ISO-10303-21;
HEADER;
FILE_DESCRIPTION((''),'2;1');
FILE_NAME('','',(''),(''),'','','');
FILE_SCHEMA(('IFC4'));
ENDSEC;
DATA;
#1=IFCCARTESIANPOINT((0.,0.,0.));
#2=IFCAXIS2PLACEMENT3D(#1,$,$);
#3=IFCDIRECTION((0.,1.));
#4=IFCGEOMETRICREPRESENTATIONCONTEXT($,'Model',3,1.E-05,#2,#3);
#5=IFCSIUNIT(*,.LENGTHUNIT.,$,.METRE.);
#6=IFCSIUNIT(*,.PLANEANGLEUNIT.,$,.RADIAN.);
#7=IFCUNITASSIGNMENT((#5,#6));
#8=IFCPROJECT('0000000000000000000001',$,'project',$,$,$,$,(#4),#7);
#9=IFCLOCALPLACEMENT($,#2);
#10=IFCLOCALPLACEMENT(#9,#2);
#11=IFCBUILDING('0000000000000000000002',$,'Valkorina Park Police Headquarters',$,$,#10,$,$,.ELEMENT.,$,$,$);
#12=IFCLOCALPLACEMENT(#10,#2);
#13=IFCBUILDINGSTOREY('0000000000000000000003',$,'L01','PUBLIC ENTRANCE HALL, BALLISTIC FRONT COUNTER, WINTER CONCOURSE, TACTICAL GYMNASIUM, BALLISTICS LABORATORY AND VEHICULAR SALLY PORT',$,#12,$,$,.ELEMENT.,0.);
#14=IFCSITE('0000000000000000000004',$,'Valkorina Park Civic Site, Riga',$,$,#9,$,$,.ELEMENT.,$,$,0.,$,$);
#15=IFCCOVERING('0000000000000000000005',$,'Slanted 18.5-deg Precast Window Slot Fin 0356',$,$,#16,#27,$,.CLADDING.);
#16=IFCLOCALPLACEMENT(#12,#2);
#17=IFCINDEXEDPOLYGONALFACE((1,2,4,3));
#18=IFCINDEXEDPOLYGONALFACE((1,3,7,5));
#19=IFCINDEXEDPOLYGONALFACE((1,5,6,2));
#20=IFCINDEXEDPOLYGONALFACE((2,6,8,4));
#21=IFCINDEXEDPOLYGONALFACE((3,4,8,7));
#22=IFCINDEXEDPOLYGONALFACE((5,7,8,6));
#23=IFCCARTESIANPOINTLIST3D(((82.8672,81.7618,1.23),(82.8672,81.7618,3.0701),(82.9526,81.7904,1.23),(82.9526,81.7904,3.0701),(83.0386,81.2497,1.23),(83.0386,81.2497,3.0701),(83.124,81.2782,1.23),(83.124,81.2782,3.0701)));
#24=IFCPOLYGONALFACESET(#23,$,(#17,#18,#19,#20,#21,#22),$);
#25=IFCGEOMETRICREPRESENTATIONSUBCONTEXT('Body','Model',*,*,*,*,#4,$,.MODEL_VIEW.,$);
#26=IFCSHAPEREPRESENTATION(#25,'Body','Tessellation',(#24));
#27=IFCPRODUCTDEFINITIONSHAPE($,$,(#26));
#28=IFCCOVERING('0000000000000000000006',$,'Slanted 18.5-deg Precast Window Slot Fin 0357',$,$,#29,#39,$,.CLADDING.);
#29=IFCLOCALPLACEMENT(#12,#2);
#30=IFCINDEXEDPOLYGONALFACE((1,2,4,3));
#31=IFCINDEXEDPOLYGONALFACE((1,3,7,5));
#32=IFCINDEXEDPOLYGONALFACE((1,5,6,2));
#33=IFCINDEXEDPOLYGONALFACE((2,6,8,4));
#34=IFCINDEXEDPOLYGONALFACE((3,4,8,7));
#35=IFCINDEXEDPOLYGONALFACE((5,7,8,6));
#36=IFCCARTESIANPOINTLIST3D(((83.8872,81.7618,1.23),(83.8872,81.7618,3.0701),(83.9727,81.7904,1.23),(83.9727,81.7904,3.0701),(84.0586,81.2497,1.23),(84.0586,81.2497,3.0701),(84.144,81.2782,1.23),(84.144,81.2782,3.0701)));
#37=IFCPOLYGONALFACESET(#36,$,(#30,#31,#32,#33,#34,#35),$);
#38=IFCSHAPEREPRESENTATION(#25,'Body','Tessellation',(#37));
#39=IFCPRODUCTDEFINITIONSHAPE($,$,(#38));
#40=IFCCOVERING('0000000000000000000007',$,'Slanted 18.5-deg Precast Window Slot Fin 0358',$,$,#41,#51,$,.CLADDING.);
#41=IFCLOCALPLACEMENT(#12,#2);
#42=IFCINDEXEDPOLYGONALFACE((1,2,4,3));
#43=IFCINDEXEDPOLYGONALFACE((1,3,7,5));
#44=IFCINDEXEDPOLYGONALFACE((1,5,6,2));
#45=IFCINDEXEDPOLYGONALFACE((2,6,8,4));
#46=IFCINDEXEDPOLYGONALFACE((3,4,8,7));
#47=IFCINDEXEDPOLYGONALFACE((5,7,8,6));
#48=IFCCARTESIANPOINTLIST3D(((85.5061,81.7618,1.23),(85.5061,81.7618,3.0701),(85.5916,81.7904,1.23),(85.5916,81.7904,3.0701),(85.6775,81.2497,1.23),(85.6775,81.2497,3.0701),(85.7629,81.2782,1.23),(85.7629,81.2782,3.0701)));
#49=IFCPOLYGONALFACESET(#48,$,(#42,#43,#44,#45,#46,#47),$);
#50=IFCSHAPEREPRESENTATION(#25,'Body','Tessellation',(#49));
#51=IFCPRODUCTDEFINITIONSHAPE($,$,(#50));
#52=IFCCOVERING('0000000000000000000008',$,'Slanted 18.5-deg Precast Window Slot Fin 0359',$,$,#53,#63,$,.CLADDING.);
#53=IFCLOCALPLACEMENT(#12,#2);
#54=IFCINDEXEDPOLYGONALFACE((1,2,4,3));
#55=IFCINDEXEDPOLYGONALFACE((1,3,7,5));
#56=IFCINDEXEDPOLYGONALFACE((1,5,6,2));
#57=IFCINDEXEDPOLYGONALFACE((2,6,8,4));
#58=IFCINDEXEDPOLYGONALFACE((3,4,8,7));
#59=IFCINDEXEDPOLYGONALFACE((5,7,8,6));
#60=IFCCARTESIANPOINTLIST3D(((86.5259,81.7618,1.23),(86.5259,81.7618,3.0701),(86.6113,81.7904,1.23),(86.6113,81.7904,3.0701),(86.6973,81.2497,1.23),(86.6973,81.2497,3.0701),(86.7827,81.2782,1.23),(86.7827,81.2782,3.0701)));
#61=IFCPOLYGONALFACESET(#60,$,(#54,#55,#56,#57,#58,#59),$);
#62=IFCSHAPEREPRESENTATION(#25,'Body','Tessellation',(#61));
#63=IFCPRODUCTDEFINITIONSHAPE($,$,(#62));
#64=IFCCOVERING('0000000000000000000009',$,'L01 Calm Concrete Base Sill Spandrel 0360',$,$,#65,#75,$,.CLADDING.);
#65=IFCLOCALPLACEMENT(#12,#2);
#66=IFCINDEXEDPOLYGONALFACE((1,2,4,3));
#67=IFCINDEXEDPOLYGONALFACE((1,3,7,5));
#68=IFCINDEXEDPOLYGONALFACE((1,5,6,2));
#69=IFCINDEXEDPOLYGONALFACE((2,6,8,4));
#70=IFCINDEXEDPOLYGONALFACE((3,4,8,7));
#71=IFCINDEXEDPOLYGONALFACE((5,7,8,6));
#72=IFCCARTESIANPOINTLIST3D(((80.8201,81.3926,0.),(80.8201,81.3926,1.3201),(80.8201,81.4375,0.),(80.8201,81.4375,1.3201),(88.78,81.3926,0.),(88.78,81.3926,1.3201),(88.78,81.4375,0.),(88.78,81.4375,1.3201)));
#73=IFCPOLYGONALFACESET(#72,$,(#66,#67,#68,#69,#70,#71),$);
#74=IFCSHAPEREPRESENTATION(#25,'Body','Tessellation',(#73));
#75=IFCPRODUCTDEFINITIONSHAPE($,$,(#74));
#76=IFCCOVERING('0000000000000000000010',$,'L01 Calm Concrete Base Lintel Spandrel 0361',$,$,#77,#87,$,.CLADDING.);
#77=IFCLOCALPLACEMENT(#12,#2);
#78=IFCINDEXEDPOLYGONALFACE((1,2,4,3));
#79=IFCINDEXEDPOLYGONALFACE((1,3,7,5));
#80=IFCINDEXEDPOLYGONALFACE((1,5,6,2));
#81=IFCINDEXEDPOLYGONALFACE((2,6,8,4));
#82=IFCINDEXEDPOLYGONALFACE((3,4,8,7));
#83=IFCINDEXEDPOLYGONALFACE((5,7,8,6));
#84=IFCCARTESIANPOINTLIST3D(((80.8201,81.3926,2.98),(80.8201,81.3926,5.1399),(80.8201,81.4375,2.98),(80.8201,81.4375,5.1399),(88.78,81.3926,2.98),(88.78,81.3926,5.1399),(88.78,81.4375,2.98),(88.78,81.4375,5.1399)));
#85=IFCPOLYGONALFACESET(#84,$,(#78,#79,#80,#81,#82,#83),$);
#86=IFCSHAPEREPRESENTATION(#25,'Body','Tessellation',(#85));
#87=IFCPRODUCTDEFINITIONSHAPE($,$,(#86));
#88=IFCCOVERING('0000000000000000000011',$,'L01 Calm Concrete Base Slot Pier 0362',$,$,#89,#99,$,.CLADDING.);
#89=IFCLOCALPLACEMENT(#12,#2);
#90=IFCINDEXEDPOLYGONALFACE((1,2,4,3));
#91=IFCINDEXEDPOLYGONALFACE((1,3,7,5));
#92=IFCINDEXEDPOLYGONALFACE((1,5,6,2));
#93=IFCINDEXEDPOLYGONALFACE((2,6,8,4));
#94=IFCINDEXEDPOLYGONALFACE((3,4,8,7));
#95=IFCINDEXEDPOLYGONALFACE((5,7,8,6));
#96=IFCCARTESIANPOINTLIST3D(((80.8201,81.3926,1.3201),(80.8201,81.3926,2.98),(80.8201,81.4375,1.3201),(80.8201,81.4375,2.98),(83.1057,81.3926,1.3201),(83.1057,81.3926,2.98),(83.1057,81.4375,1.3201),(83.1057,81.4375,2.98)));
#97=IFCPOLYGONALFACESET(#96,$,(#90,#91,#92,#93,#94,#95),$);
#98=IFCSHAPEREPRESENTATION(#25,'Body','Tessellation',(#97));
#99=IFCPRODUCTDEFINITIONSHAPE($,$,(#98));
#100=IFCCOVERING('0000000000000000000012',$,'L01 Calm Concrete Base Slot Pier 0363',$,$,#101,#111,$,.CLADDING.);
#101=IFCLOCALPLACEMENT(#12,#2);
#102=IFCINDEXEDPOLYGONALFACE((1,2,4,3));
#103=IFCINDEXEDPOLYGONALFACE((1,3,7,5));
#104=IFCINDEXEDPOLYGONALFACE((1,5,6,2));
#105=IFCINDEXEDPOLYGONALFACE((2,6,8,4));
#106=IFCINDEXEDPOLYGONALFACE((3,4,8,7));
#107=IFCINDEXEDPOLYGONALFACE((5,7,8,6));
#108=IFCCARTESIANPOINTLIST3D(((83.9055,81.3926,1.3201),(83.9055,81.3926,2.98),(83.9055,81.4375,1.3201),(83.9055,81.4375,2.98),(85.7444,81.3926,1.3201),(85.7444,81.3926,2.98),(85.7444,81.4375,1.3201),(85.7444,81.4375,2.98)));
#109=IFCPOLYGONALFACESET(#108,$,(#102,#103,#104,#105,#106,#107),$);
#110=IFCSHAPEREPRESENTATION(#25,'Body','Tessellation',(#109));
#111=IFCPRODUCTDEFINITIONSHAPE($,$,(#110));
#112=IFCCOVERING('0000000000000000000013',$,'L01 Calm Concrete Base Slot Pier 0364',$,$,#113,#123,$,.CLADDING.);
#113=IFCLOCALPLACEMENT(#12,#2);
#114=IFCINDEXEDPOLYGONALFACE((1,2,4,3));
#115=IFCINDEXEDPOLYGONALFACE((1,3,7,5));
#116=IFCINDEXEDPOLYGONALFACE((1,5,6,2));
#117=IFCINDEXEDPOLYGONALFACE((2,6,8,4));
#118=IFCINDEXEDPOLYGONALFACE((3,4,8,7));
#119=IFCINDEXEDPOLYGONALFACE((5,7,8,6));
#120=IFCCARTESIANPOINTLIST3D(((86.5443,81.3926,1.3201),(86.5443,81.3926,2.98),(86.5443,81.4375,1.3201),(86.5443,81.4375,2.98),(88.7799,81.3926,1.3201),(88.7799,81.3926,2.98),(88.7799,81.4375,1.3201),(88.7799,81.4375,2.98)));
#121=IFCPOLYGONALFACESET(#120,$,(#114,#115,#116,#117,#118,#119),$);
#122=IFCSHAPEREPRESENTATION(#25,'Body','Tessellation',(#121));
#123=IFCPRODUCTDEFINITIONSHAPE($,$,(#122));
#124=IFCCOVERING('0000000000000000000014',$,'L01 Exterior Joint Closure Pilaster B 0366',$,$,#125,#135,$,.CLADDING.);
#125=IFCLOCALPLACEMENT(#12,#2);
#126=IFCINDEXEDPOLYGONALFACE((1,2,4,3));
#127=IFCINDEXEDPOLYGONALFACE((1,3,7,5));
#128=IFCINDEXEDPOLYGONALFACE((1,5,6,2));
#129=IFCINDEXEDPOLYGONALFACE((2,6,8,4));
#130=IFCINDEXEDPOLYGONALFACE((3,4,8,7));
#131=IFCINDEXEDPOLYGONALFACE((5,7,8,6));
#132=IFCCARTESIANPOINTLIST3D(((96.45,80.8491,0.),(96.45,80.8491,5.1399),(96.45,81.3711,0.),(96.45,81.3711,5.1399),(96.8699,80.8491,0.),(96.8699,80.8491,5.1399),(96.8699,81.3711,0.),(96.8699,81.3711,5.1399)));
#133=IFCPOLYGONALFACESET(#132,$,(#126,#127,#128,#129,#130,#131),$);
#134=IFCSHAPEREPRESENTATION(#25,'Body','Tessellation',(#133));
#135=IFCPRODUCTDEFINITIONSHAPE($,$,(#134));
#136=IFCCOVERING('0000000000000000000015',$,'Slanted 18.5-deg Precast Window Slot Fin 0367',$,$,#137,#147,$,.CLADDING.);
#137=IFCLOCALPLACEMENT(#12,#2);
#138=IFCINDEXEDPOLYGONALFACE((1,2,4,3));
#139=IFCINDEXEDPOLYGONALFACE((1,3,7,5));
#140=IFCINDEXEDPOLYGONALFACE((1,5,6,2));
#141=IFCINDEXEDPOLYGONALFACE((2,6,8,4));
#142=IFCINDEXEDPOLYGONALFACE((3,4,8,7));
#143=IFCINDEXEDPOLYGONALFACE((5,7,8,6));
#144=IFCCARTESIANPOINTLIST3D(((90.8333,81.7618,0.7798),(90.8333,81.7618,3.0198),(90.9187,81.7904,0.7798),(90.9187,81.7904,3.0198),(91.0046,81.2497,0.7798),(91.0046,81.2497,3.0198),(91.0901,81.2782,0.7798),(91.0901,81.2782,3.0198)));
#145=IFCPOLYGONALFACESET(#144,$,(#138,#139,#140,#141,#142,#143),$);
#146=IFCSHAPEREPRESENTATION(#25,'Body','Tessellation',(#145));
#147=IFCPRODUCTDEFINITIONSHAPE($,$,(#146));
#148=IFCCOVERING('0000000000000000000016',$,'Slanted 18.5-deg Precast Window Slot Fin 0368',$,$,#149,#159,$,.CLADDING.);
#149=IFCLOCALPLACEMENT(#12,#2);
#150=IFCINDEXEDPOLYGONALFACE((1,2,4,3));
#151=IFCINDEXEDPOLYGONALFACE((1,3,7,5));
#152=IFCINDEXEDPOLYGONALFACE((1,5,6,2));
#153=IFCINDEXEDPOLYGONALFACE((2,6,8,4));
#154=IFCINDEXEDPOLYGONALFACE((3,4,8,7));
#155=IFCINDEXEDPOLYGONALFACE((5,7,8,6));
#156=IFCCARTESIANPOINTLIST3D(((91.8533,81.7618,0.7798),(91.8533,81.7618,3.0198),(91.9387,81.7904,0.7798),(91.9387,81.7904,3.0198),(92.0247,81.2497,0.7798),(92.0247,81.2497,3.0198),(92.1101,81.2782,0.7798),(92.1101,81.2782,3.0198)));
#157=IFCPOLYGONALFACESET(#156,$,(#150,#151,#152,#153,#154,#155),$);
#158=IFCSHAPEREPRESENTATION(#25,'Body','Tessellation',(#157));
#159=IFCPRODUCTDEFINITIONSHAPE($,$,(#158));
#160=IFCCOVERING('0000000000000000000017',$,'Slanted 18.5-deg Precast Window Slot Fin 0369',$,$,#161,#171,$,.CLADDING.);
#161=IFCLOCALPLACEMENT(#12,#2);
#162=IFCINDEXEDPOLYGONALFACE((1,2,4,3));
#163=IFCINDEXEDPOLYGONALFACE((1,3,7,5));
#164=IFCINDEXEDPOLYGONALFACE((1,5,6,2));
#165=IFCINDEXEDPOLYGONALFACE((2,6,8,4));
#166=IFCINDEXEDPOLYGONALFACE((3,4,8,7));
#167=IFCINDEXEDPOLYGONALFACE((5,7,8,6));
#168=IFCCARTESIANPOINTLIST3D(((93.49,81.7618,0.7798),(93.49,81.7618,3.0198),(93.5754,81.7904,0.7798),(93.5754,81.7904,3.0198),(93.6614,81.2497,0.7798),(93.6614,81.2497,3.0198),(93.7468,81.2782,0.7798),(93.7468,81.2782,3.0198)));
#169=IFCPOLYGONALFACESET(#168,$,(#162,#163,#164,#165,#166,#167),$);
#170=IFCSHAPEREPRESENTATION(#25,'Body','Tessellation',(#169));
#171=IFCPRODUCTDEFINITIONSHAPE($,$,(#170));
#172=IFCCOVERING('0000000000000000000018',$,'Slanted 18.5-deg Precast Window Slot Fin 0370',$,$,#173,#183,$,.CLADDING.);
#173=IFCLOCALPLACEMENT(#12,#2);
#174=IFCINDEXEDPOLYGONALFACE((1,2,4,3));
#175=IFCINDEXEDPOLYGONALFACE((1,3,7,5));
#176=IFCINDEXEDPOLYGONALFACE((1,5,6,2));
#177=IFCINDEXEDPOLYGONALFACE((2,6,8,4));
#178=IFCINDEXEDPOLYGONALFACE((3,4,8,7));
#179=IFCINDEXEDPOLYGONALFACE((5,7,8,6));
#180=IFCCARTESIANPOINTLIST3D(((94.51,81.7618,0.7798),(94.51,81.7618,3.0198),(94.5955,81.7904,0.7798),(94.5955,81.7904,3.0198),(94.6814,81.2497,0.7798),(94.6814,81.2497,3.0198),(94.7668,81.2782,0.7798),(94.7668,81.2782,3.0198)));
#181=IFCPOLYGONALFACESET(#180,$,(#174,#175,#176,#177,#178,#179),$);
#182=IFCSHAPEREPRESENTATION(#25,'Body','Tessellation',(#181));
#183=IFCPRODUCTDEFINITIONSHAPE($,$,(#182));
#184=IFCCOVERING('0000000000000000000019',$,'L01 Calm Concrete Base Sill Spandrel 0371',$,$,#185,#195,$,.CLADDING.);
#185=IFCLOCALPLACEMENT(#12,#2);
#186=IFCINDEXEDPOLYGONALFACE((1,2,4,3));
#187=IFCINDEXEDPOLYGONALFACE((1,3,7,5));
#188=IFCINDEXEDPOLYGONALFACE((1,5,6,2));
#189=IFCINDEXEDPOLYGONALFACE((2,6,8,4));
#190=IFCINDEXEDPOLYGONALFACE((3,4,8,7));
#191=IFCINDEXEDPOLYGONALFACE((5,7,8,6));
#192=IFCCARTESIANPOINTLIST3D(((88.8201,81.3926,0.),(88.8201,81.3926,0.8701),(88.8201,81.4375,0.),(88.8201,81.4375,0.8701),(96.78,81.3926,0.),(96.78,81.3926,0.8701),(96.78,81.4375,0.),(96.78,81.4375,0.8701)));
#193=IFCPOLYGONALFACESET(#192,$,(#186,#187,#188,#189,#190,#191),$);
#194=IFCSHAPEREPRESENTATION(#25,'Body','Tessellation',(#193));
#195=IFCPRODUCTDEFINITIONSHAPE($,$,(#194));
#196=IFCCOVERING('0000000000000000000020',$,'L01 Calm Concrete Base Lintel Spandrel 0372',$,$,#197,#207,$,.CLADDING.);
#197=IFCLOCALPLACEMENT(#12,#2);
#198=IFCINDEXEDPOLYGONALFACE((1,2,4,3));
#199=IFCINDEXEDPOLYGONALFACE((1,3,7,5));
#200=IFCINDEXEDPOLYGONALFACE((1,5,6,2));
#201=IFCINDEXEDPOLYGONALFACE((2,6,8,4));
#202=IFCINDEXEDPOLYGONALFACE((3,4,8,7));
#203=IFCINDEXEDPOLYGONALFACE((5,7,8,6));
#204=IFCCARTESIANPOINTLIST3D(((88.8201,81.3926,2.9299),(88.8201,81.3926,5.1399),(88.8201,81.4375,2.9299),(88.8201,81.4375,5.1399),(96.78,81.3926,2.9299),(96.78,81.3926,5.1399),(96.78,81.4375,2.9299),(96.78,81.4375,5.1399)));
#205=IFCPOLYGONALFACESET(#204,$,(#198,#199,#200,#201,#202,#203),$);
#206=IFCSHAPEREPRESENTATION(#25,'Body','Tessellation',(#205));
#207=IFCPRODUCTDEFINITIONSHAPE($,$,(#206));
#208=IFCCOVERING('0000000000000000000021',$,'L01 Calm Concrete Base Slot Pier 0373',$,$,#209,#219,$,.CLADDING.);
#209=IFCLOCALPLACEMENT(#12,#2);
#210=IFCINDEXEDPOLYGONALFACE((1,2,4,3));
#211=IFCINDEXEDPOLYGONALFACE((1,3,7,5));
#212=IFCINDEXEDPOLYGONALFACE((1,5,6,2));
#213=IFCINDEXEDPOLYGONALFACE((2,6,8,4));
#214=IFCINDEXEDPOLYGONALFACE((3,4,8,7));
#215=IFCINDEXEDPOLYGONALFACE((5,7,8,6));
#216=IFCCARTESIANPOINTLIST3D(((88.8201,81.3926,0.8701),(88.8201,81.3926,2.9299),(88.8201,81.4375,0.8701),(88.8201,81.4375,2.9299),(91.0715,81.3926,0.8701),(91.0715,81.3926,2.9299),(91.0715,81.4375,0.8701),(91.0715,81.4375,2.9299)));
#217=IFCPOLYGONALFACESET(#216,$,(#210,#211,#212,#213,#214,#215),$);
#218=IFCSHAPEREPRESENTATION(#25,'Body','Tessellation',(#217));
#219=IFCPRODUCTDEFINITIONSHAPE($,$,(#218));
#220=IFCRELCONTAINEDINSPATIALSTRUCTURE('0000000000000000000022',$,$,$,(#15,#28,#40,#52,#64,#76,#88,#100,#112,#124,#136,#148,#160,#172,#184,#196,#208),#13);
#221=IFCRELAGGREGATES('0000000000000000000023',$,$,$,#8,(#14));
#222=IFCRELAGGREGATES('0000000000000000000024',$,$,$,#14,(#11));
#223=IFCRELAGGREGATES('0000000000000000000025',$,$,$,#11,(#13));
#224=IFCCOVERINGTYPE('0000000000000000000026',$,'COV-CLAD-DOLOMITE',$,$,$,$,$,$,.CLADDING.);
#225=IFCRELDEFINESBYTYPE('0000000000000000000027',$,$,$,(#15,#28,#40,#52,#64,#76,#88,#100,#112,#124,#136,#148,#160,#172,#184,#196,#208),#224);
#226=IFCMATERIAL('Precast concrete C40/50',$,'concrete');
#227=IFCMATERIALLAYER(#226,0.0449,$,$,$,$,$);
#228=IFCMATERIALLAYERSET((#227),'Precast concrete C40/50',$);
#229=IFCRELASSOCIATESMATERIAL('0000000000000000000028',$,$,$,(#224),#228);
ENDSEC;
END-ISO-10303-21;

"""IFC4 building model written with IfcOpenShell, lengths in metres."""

from ifc_helpers import new_model, si_unit, direction, frame, frame_2d, origin, origin_2d, place, context, subcontext, project, spatial, rectangle, extrude, material, layer, layer_set, type_object, element, save


model = new_model("IFC4")

# Units and contexts
model_context = context("Model", 3, precision=1e-05, world=origin(), true_north=direction((0.0, 1.0)))
body_context = subcontext(model_context, "Body", "Model", "MODEL_VIEW")
ifc_project = project(units=[si_unit("LENGTHUNIT", "METRE"), si_unit("PLANEANGLEUNIT", "RADIAN")], contexts=[model_context])

# Site, building, storey
site_placement = place(None, origin())
site = spatial("IfcSite", under=ifc_project, at=site_placement, Name="Valkorina Park Civic Site, Riga", CompositionType="ELEMENT", RefElevation=0.0)
building_placement = place(site_placement, origin())
building = spatial("IfcBuilding", under=site, at=building_placement, Name="Valkorina Park Police Headquarters", CompositionType="ELEMENT")
storey_placement = place(building_placement, origin())
storey = spatial("IfcBuildingStorey", under=building, at=storey_placement, Name="L01", Description="PUBLIC ENTRANCE HALL, BALLISTIC FRONT COUNTER, WINTER CONCOURSE, TACTICAL GYMNASIUM, BALLISTICS LABORATORY AND VEHICULAR SALLY PORT", CompositionType="ELEMENT", Elevation=0.0)

# Coverings
ifc_material_1 = material(Name="Precast concrete C40/50", Category="concrete")
ifc_layer_1 = layer(ifc_material_1, 0.0449)
ifc_layer_set_1 = layer_set([ifc_layer_1], Name="Precast concrete C40/50")
covering_type = type_object("IfcCoveringType", Name="COV-CLAD-DOLOMITE", PredefinedType="CLADDING", material=ifc_layer_set_1)
for number, where, z_axis, x_axis, name in (
    (1, (82.9956, 81.52, 1.23), (0.0, 0.0, 1.0), (-0.317305, 0.948324, 0.0), "Slanted 18.5-deg Precast Window Slot Fin 0356"),
    (2, (84.0156, 81.52, 1.23), (0.0, 0.0, 1.0), (-0.317305, 0.948324, 0.0), "Slanted 18.5-deg Precast Window Slot Fin 0357"),
    (3, (85.6345, 81.52, 1.23), (0.0, 0.0, 1.0), (-0.317305, 0.948324, 0.0), "Slanted 18.5-deg Precast Window Slot Fin 0358"),
    (4, (86.6543, 81.52, 1.23), (0.0, 0.0, 1.0), (-0.317305, 0.948324, 0.0), "Slanted 18.5-deg Precast Window Slot Fin 0359"),
):
    element("IfcCovering", number, at=place(storey_placement, frame(where, z_axis=z_axis, x_axis=x_axis)), inside=storey, type_object=covering_type, Name=name, PredefinedType="CLADDING", context=body_context, shape_type="SweptSolid", body=[
        extrude(rectangle(XDim=0.54, YDim=0.0901, at=origin_2d()), origin(), (0.0, 0.0, 1.0), 1.8401),
    ])
covering_1_placement = place(storey_placement, frame((80.8201, 81.415, 0.0), z_axis=(0.0, 0.0, 1.0), x_axis=(1.0, 0.0, 0.0)))
element("IfcCovering", 5, at=covering_1_placement, inside=storey, type_object=covering_type, Name="L01 Calm Concrete Base Sill Spandrel 0360", PredefinedType="CLADDING", context=body_context, shape_type="SweptSolid", body=[
    extrude(rectangle(XDim=7.96, YDim=0.0449, at=frame_2d((3.98, 0.0))), origin(), (0.0, 0.0, 1.0), 1.3201),
])
covering_2_placement = place(storey_placement, frame((80.8201, 81.415, 2.98), z_axis=(0.0, 0.0, 1.0), x_axis=(1.0, 0.0, 0.0)))
element("IfcCovering", 6, at=covering_2_placement, inside=storey, type_object=covering_type, Name="L01 Calm Concrete Base Lintel Spandrel 0361", PredefinedType="CLADDING", context=body_context, shape_type="SweptSolid", body=[
    extrude(rectangle(XDim=7.96, YDim=0.0449, at=frame_2d((3.98, 0.0))), origin(), (0.0, 0.0, 1.0), 2.1599),
])
covering_3_placement = place(storey_placement, frame((80.8201, 81.415, 1.3201), z_axis=(0.0, 0.0, 1.0), x_axis=(1.0, 0.0, 0.0)))
element("IfcCovering", 7, at=covering_3_placement, inside=storey, type_object=covering_type, Name="L01 Calm Concrete Base Slot Pier 0362", PredefinedType="CLADDING", context=body_context, shape_type="SweptSolid", body=[
    extrude(rectangle(XDim=2.2856, YDim=0.0449, at=frame_2d((1.1428, 0.0))), origin(), (0.0, 0.0, 1.0), 1.6599),
])
covering_4_placement = place(storey_placement, frame((83.9055, 81.415, 1.3201), z_axis=(0.0, 0.0, 1.0), x_axis=(1.0, 0.0, 0.0)))
element("IfcCovering", 8, at=covering_4_placement, inside=storey, type_object=covering_type, Name="L01 Calm Concrete Base Slot Pier 0363", PredefinedType="CLADDING", context=body_context, shape_type="SweptSolid", body=[
    extrude(rectangle(XDim=1.8389, YDim=0.0449, at=frame_2d((0.9194, 0.0))), origin(), (0.0, 0.0, 1.0), 1.6599),
])
covering_5_placement = place(storey_placement, frame((86.5444, 81.415, 1.3201), z_axis=(0.0, 0.0, 1.0), x_axis=(1.0, 0.0, 0.0)))
element("IfcCovering", 9, at=covering_5_placement, inside=storey, type_object=covering_type, Name="L01 Calm Concrete Base Slot Pier 0364", PredefinedType="CLADDING", context=body_context, shape_type="SweptSolid", body=[
    extrude(rectangle(XDim=2.2356, YDim=0.0449, at=frame_2d((1.1177, 0.0))), origin(), (0.0, 0.0, 1.0), 1.6599),
])
covering_6_placement = place(storey_placement, frame((96.6599, 81.1101, 0.0), z_axis=(0.0, 0.0, 1.0), x_axis=(1.0, 0.0, 0.0)))
element("IfcCovering", 10, at=covering_6_placement, inside=storey, type_object=covering_type, Name="L01 Exterior Joint Closure Pilaster B 0366", PredefinedType="CLADDING", context=body_context, shape_type="SweptSolid", body=[
    extrude(rectangle(XDim=0.4199, YDim=0.522, at=origin_2d()), origin(), (0.0, 0.0, 1.0), 5.1399),
])
for number, where, z_axis, x_axis, name in (
    (11, (90.9617, 81.52, 0.7798), (0.0, 0.0, 1.0), (-0.317305, 0.948324, 0.0), "Slanted 18.5-deg Precast Window Slot Fin 0367"),
    (12, (91.9817, 81.52, 0.7798), (0.0, 0.0, 1.0), (-0.317305, 0.948324, 0.0), "Slanted 18.5-deg Precast Window Slot Fin 0368"),
    (13, (93.6184, 81.52, 0.7798), (0.0, 0.0, 1.0), (-0.317305, 0.948324, 0.0), "Slanted 18.5-deg Precast Window Slot Fin 0369"),
    (14, (94.6384, 81.52, 0.7798), (0.0, 0.0, 1.0), (-0.317305, 0.948324, 0.0), "Slanted 18.5-deg Precast Window Slot Fin 0370"),
):
    element("IfcCovering", number, at=place(storey_placement, frame(where, z_axis=z_axis, x_axis=x_axis)), inside=storey, type_object=covering_type, Name=name, PredefinedType="CLADDING", context=body_context, shape_type="SweptSolid", body=[
        extrude(rectangle(XDim=0.54, YDim=0.0901, at=origin_2d()), origin(), (0.0, 0.0, 1.0), 2.24),
    ])
covering_7_placement = place(storey_placement, frame((88.8201, 81.415, 0.0), z_axis=(0.0, 0.0, 1.0), x_axis=(1.0, 0.0, 0.0)))
element("IfcCovering", 15, at=covering_7_placement, inside=storey, type_object=covering_type, Name="L01 Calm Concrete Base Sill Spandrel 0371", PredefinedType="CLADDING", context=body_context, shape_type="SweptSolid", body=[
    extrude(rectangle(XDim=7.96, YDim=0.0449, at=frame_2d((3.98, 0.0))), origin(), (0.0, 0.0, 1.0), 0.8701),
])
covering_8_placement = place(storey_placement, frame((88.8201, 81.415, 2.9299), z_axis=(0.0, 0.0, 1.0), x_axis=(1.0, 0.0, 0.0)))
element("IfcCovering", 16, at=covering_8_placement, inside=storey, type_object=covering_type, Name="L01 Calm Concrete Base Lintel Spandrel 0372", PredefinedType="CLADDING", context=body_context, shape_type="SweptSolid", body=[
    extrude(rectangle(XDim=7.96, YDim=0.0449, at=frame_2d((3.98, 0.0))), origin(), (0.0, 0.0, 1.0), 2.21),
])
covering_9_placement = place(storey_placement, frame((88.8201, 81.415, 0.8701), z_axis=(0.0, 0.0, 1.0), x_axis=(1.0, 0.0, 0.0)))
element("IfcCovering", 17, at=covering_9_placement, inside=storey, type_object=covering_type, Name="L01 Calm Concrete Base Slot Pier 0373", PredefinedType="CLADDING", context=body_context, shape_type="SweptSolid", body=[
    extrude(rectangle(XDim=2.2515, YDim=0.0449, at=frame_2d((1.1257, 0.0))), origin(), (0.0, 0.0, 1.0), 2.0598),
])

save(model, "model.ifc")
